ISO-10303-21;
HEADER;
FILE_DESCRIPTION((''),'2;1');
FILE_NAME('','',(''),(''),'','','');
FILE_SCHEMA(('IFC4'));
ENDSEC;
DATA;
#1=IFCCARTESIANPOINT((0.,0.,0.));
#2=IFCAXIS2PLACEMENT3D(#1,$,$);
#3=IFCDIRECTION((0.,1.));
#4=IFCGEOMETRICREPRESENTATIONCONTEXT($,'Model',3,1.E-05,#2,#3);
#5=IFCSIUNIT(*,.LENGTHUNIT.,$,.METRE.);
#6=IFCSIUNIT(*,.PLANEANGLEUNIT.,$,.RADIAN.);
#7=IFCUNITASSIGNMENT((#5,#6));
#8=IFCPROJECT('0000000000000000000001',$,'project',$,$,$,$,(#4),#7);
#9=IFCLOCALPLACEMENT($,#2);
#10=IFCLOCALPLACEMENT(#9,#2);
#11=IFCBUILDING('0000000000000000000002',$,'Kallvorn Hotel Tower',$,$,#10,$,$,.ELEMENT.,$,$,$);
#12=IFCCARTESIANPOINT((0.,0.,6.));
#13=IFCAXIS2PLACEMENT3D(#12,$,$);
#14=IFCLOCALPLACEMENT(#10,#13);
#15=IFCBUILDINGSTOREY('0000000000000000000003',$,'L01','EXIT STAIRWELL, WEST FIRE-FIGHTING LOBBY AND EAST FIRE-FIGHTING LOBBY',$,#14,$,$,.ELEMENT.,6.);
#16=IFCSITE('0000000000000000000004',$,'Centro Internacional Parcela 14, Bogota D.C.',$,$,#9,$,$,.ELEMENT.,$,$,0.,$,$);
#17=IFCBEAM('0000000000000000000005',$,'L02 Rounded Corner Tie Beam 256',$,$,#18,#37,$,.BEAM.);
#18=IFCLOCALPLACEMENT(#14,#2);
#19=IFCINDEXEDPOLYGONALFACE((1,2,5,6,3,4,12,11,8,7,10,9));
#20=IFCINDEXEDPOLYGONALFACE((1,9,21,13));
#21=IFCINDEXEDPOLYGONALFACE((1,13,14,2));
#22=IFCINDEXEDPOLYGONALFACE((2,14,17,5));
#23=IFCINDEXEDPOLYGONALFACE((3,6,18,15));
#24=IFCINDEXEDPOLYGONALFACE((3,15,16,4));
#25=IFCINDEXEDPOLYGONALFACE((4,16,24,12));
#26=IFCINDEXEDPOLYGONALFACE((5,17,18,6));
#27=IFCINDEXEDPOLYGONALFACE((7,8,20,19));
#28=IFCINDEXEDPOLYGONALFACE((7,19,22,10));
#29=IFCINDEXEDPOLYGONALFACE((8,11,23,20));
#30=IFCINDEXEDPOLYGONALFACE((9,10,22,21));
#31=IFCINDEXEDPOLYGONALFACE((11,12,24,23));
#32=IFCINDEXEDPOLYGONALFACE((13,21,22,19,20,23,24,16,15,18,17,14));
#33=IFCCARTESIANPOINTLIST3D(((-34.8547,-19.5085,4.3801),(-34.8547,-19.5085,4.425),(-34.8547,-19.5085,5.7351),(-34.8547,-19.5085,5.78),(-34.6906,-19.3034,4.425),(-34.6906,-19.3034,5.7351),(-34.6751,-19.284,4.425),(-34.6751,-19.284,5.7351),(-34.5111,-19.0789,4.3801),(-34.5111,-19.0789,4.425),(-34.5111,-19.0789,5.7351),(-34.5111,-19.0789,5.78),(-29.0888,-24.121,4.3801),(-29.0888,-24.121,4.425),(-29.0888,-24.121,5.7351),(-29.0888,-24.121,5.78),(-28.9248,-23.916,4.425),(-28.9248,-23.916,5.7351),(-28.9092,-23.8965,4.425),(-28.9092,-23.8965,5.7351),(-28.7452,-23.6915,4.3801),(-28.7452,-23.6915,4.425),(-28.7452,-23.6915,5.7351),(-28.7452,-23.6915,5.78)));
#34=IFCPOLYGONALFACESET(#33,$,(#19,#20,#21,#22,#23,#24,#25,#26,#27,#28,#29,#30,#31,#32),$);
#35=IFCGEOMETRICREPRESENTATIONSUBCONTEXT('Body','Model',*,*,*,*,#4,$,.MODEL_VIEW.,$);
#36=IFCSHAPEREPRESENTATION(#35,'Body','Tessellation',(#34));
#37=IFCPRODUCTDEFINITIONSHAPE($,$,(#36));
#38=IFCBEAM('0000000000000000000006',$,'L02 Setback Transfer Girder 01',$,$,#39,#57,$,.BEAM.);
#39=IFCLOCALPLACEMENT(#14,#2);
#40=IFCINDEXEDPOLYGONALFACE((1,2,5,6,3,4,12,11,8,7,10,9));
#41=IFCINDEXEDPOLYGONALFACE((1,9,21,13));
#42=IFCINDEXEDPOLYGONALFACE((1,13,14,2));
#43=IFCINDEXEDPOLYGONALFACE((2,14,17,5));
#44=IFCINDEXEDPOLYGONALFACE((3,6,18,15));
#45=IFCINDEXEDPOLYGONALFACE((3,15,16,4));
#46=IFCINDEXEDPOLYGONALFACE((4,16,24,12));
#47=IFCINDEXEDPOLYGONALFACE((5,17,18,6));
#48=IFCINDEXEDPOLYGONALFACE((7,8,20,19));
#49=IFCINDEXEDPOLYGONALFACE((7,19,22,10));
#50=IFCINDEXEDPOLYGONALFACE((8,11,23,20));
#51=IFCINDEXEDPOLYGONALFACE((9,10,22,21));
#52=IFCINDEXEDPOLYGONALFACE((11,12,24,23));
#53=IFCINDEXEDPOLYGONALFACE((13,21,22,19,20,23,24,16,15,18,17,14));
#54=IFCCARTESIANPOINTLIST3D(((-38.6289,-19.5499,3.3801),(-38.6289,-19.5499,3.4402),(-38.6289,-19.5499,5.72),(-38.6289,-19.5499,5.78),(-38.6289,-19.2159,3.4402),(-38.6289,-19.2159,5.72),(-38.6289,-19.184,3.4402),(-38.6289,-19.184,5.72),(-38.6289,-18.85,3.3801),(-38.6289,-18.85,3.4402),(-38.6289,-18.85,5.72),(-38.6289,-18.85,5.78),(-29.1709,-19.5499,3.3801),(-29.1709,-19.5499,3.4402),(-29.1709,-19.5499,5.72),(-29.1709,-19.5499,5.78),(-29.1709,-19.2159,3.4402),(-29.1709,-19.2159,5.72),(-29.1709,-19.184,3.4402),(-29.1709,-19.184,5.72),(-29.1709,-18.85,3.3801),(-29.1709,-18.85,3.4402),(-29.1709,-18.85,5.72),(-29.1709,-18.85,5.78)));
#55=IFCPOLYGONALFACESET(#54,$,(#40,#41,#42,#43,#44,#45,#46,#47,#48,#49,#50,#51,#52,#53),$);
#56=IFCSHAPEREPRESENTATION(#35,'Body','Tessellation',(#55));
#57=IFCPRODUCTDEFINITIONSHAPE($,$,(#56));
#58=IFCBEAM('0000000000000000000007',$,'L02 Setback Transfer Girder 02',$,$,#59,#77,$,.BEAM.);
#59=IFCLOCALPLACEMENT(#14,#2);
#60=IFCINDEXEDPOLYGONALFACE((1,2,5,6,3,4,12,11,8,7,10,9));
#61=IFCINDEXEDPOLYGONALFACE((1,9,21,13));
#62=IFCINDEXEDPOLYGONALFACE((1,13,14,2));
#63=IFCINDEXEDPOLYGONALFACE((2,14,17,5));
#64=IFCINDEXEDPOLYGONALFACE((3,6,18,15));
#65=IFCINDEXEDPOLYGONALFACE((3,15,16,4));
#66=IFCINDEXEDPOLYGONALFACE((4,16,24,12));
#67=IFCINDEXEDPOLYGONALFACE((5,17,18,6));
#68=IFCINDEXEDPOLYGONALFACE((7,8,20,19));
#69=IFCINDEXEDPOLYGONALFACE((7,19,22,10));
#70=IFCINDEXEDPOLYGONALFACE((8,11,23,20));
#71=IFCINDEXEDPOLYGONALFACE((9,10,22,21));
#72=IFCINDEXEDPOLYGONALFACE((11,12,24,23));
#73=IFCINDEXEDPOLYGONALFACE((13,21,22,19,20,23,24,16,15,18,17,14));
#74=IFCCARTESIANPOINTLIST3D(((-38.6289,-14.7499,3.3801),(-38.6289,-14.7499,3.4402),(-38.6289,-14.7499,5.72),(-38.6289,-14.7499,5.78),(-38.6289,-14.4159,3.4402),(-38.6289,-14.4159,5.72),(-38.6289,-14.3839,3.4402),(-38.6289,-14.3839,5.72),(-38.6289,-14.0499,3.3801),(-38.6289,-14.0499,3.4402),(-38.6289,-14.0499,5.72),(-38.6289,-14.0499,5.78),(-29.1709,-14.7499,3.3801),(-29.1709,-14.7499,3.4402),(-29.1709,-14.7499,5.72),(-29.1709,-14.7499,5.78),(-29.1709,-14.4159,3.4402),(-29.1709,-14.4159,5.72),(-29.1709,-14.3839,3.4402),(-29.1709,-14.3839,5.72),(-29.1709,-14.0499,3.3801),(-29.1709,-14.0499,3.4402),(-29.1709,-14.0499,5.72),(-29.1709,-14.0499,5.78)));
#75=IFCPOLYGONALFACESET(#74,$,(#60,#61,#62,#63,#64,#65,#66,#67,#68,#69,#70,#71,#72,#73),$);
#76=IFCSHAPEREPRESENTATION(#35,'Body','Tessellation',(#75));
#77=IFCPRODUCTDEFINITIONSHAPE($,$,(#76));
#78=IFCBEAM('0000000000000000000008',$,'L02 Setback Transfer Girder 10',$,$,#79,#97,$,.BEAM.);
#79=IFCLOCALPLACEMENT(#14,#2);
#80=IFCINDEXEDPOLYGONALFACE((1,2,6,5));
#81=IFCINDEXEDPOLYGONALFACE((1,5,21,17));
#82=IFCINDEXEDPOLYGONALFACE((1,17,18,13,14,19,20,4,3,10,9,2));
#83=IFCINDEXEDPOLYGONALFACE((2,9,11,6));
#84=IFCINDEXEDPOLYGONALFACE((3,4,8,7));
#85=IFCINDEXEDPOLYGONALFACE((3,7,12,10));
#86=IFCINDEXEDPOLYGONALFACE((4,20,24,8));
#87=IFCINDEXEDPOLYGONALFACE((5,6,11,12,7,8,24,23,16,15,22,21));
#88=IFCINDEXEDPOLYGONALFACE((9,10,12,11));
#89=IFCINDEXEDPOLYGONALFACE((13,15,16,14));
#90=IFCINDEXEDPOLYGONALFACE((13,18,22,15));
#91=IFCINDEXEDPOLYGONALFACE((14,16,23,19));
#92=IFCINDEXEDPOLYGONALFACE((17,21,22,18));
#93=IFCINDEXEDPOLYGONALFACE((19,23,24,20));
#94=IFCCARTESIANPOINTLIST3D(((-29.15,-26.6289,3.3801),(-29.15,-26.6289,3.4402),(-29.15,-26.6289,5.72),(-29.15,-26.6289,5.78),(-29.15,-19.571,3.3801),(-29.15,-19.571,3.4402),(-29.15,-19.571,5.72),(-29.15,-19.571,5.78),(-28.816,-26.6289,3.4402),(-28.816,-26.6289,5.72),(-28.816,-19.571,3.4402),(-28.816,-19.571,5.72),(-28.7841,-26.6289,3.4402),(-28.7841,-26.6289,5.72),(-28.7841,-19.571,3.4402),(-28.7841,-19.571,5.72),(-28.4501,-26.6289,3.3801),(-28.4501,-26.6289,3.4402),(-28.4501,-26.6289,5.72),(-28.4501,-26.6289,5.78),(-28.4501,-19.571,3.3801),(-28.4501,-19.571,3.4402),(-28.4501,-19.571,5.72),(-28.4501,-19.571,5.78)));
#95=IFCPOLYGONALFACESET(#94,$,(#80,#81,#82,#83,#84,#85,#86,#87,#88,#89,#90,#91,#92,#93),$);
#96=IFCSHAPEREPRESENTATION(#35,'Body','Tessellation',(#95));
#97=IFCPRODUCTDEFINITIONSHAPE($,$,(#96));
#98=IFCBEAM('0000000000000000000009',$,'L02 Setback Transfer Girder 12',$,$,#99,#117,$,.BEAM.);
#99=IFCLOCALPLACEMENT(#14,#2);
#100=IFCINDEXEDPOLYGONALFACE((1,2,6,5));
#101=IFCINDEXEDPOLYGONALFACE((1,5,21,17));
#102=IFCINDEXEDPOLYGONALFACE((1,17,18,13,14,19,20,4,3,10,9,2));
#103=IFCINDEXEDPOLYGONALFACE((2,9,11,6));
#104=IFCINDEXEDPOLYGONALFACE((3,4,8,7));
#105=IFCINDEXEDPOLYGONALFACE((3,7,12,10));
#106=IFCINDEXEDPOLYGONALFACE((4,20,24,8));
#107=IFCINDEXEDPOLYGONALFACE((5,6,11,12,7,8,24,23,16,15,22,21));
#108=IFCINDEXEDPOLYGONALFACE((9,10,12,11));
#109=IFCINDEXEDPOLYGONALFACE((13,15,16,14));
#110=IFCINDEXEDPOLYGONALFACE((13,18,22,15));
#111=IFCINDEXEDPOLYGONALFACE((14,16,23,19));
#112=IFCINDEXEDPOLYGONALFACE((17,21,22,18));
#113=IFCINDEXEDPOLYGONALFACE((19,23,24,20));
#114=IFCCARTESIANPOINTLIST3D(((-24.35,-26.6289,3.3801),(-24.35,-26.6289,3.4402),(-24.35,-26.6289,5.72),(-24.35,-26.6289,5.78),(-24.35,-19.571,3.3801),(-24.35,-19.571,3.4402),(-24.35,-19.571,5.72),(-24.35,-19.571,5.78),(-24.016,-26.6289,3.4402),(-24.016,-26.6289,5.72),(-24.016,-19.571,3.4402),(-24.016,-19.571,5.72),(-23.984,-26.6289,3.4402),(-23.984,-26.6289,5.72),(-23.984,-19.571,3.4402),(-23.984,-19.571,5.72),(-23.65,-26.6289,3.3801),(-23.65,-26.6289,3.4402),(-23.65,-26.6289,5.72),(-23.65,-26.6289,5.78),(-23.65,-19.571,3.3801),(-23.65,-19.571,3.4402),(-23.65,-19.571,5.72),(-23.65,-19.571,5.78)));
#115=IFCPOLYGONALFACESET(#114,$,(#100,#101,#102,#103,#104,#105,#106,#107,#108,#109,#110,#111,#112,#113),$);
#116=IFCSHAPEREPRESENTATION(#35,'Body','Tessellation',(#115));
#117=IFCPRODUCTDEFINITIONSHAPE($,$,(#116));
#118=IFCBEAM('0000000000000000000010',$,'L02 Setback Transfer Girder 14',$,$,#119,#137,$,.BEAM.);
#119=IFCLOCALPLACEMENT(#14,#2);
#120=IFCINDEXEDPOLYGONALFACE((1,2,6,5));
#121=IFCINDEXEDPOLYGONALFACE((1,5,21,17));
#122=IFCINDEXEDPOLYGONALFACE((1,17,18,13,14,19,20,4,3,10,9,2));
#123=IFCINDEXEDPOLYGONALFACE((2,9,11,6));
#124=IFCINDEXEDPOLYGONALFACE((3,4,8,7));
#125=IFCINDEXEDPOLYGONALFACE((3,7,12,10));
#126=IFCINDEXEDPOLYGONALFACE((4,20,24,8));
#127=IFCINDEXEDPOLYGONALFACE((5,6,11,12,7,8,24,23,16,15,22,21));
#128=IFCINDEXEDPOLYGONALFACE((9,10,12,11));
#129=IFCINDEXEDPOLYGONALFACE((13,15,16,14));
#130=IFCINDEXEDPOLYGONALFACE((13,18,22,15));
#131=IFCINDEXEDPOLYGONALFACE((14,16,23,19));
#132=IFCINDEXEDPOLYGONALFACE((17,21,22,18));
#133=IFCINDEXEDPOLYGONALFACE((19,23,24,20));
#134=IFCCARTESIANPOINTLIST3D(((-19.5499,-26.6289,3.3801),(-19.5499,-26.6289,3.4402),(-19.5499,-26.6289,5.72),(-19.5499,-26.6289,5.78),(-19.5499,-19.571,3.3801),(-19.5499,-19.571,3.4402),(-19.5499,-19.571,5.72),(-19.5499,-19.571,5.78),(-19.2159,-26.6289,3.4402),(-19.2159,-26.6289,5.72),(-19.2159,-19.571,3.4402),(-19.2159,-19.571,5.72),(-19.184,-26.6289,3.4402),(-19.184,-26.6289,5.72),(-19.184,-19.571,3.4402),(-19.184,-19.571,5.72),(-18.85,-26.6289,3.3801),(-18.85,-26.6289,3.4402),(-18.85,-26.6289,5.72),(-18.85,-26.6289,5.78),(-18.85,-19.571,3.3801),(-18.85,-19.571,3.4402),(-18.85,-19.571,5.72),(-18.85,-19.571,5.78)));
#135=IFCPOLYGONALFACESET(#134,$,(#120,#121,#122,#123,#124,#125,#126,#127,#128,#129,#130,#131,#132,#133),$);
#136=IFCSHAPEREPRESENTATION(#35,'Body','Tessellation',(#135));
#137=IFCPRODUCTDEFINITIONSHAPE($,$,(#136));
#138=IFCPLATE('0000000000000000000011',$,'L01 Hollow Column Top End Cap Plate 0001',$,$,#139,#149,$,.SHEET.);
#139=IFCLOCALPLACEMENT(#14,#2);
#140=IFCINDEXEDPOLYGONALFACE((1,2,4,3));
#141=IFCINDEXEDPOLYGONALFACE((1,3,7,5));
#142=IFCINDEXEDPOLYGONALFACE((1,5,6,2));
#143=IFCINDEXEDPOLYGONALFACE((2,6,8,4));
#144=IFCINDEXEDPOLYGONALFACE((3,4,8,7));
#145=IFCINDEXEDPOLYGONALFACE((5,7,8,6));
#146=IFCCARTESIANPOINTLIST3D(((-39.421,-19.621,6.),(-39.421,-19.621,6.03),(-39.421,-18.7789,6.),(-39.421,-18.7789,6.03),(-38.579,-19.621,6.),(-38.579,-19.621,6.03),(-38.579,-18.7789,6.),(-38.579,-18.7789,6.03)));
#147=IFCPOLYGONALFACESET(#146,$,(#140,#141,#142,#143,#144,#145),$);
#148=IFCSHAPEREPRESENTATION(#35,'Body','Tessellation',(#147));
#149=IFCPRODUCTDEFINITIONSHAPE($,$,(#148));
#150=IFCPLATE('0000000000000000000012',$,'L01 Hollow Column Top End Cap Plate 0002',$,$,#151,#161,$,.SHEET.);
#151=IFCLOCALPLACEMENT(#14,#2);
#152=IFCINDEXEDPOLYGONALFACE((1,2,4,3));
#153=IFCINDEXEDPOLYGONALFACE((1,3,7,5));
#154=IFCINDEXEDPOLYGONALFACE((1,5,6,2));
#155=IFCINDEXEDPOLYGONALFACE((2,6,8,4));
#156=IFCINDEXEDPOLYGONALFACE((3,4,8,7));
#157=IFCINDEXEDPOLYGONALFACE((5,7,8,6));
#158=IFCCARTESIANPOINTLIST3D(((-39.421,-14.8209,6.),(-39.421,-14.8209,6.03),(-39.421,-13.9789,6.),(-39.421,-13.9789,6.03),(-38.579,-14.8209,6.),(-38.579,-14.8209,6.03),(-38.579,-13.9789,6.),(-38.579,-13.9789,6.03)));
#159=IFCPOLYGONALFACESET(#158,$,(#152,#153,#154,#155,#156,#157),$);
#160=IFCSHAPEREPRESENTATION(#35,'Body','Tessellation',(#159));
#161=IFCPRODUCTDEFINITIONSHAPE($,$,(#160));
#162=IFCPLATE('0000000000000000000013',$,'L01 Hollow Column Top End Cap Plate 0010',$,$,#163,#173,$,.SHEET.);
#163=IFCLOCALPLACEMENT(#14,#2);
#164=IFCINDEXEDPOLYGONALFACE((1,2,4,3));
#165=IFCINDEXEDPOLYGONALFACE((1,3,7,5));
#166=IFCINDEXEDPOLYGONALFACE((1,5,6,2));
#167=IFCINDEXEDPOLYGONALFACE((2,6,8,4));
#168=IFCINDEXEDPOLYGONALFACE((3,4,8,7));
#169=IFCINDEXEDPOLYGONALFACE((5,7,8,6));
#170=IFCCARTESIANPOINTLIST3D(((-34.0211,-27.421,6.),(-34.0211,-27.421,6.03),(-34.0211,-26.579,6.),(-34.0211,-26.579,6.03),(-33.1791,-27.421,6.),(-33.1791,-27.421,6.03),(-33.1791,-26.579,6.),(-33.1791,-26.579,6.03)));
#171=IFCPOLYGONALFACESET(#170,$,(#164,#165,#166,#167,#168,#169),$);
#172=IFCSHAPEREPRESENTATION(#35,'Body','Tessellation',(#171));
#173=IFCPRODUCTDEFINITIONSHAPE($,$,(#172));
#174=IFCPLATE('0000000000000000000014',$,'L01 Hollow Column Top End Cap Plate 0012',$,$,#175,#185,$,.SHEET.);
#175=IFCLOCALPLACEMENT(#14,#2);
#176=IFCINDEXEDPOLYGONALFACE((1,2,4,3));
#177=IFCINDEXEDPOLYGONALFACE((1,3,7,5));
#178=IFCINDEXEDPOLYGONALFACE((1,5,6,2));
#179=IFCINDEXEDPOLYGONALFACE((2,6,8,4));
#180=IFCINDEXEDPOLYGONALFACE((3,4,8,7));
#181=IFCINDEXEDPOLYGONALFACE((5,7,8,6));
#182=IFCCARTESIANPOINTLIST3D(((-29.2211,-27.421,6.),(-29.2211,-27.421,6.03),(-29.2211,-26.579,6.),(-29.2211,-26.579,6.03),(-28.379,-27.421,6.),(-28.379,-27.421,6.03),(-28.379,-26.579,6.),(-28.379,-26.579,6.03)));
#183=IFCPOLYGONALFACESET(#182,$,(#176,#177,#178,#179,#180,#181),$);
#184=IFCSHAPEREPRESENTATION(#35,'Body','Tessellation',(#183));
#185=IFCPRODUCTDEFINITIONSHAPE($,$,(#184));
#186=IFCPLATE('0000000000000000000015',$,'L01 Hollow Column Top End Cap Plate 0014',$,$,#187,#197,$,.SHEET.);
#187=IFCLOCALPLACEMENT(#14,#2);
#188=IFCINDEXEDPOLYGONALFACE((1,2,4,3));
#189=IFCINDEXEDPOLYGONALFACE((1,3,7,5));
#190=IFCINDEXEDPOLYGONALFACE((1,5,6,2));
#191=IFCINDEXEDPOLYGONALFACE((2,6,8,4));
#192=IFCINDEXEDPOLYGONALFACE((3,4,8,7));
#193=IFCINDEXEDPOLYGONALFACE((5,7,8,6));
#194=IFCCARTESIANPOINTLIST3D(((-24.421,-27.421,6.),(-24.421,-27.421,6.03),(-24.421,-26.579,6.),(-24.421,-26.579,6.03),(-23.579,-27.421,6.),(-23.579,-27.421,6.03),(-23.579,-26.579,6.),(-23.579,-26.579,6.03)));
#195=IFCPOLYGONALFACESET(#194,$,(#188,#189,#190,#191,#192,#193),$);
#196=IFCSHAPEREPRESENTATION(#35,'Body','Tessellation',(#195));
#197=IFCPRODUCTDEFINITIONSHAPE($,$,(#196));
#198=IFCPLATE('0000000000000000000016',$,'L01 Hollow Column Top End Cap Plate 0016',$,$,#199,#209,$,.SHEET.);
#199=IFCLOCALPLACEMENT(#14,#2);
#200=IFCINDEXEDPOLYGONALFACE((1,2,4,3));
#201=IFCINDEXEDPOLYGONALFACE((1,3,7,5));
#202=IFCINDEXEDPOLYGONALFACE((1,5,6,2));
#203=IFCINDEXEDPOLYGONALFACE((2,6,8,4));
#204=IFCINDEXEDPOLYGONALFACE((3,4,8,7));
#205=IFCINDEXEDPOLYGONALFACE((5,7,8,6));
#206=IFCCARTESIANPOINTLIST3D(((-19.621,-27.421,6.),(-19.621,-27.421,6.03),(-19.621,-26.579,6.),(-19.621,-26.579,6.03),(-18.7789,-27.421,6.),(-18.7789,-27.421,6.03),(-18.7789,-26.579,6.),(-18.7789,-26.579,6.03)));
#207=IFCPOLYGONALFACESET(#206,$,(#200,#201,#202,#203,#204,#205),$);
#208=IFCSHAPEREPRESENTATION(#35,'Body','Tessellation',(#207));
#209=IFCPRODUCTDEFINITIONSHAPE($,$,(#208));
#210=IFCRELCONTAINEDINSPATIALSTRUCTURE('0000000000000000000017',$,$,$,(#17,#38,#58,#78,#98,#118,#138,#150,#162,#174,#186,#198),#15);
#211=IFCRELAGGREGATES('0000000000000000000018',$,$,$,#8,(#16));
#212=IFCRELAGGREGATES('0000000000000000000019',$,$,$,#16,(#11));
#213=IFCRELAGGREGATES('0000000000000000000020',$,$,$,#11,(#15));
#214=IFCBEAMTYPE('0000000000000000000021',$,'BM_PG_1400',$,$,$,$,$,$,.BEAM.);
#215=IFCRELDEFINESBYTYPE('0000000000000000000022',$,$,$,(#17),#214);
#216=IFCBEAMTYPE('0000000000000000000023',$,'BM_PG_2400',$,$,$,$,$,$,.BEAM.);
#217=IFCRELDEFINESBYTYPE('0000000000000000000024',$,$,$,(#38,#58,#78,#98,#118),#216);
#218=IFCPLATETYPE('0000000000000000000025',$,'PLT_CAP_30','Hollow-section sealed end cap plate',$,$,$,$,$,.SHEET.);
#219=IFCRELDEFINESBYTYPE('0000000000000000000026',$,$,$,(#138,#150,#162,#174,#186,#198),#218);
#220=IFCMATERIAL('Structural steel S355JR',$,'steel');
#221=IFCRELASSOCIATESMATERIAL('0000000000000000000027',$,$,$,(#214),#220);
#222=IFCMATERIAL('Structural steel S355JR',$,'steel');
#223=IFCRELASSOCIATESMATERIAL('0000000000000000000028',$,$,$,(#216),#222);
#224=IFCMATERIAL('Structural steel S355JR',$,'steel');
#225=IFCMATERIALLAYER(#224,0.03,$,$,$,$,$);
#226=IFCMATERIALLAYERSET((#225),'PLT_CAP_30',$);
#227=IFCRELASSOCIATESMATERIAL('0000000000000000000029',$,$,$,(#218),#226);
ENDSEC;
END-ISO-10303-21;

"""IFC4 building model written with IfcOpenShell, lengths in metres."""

from ifc_helpers import new_model, si_unit, direction, frame, origin, origin_2d, place, context, subcontext, project, spatial, rectangle, i_section, extrude, material, layer, layer_set, material_profile, profile_set, type_object, element, save


model = new_model("IFC4")

# Units and contexts
model_context = context("Model", 3, precision=1e-05, world=origin(), true_north=direction((0.0, 1.0)))
body_context = subcontext(model_context, "Body", "Model", "MODEL_VIEW")
ifc_project = project(units=[si_unit("LENGTHUNIT", "METRE"), si_unit("PLANEANGLEUNIT", "RADIAN")], contexts=[model_context])

# Site, building, storey
site_placement = place(None, origin())
site = spatial("IfcSite", under=ifc_project, at=site_placement, Name="Centro Internacional Parcela 14, Bogota D.C.", CompositionType="ELEMENT", RefElevation=0.0)
building_placement = place(site_placement, origin())
building = spatial("IfcBuilding", under=site, at=building_placement, Name="Kallvorn Hotel Tower", CompositionType="ELEMENT")
storey_placement = place(building_placement, frame((0.0, 0.0, 6.0)))
storey = spatial("IfcBuildingStorey", under=building, at=storey_placement, Name="L01", Description="EXIT STAIRWELL, WEST FIRE-FIGHTING LOBBY AND EAST FIRE-FIGHTING LOBBY", CompositionType="ELEMENT", Elevation=6.0)

# Beams
ifc_material_1 = material(Name="Structural steel S355JR", Category="steel")
ifc_material_profile_1 = material_profile(ifc_material_1, i_section(OverallWidth=0.55, OverallDepth=1.3999, WebThickness=0.0249, FlangeThickness=0.0449, at=origin_2d()), Name="PG 1400x550x25x45")
ifc_profile_set_1 = profile_set([ifc_material_profile_1], Name="Structural steel S355JR")
beam_type_1 = type_object("IfcBeamType", Name="BM_PG_1400", PredefinedType="BEAM", material=ifc_profile_set_1)
beam_1_placement = place(storey_placement, frame((-34.6829, -19.2937, 5.0801), z_axis=(0.780878, -0.624683, 0.0), x_axis=(0.624683, 0.780878, 0.0)))
element("IfcBeam", 1, at=beam_1_placement, inside=storey, type_object=beam_type_1, Name="L02 Rounded Corner Tie Beam 256", PredefinedType="BEAM", context=body_context, shape_type="SweptSolid", body=[
    extrude(i_section(OverallWidth=0.55, OverallDepth=1.3999, WebThickness=0.0249, FlangeThickness=0.0449, at=origin_2d()), origin(), (0.0, 0.0, 1.0), 7.3838),
])
ifc_material_2 = material(Name="Structural steel S355JR", Category="steel")
ifc_material_profile_2 = material_profile(ifc_material_2, i_section(OverallWidth=0.7, OverallDepth=2.3999, WebThickness=0.032, FlangeThickness=0.0601, at=origin_2d()), Name="PG 2400x700x32x60")
ifc_profile_set_2 = profile_set([ifc_material_profile_2], Name="Structural steel S355JR")
beam_type_2 = type_object("IfcBeamType", Name="BM_PG_2400", PredefinedType="BEAM", material=ifc_profile_set_2)
for number, where, z_axis, x_axis, name in (
    (2, (-38.6289, -19.2, 4.5801), (1.0, 0.0, 0.0), (0.0, 1.0, 0.0), "L02 Setback Transfer Girder 01"),
    (3, (-38.6289, -14.3999, 4.5801), (1.0, 0.0, 0.0), (0.0, 1.0, 0.0), "L02 Setback Transfer Girder 02"),
):
    element("IfcBeam", number, at=place(storey_placement, frame(where, z_axis=z_axis, x_axis=x_axis)), inside=storey, type_object=beam_type_2, Name=name, PredefinedType="BEAM", context=body_context, shape_type="SweptSolid", body=[
        extrude(i_section(OverallWidth=0.7, OverallDepth=2.3999, WebThickness=0.032, FlangeThickness=0.0601, at=origin_2d()), origin(), (0.0, 0.0, 1.0), 9.458),
    ])
for number, where, z_axis, x_axis, name in (
    (4, (-28.8, -26.6289, 4.5801), (0.0, 1.0, 0.0), (-1.0, 0.0, 0.0), "L02 Setback Transfer Girder 10"),
    (5, (-24.0, -26.6289, 4.5801), (0.0, 1.0, 0.0), (-1.0, 0.0, 0.0), "L02 Setback Transfer Girder 12"),
    (6, (-19.2, -26.6289, 4.5801), (0.0, 1.0, 0.0), (-1.0, 0.0, 0.0), "L02 Setback Transfer Girder 14"),
):
    element("IfcBeam", number, at=place(storey_placement, frame(where, z_axis=z_axis, x_axis=x_axis)), inside=storey, type_object=beam_type_2, Name=name, PredefinedType="BEAM", context=body_context, shape_type="SweptSolid", body=[
        extrude(i_section(OverallWidth=0.7, OverallDepth=2.3999, WebThickness=0.032, FlangeThickness=0.0601, at=origin_2d()), origin(), (0.0, 0.0, 1.0), 7.0579),
    ])

# Plates
ifc_material_3 = material(Name="Structural steel S355JR", Category="steel")
ifc_layer_1 = layer(ifc_material_3, 0.03)
ifc_layer_set_1 = layer_set([ifc_layer_1], Name="PLT_CAP_30")
plate_type = type_object("IfcPlateType", Name="PLT_CAP_30", Description="Hollow-section sealed end cap plate", PredefinedType="SHEET", material=ifc_layer_set_1)
for number, where, z_axis, x_axis, name in (
    (7, (-39.0, -19.2, 6.0), (0.0, 0.0, 1.0), (1.0, 0.0, 0.0), "L01 Hollow Column Top End Cap Plate 0001"),
    (8, (-39.0, -14.3999, 6.0), (0.0, 0.0, 1.0), (1.0, 0.0, 0.0), "L01 Hollow Column Top End Cap Plate 0002"),
    (9, (-33.6001, -27.0, 6.0), (0.0, 0.0, 1.0), (1.0, 0.0, 0.0), "L01 Hollow Column Top End Cap Plate 0010"),
    (10, (-28.8, -27.0, 6.0), (0.0, 0.0, 1.0), (1.0, 0.0, 0.0), "L01 Hollow Column Top End Cap Plate 0012"),
    (11, (-24.0, -27.0, 6.0), (0.0, 0.0, 1.0), (1.0, 0.0, 0.0), "L01 Hollow Column Top End Cap Plate 0014"),
    (12, (-19.2, -27.0, 6.0), (0.0, 0.0, 1.0), (1.0, 0.0, 0.0), "L01 Hollow Column Top End Cap Plate 0016"),
):
    element("IfcPlate", number, at=place(storey_placement, frame(where, z_axis=z_axis, x_axis=x_axis)), inside=storey, type_object=plate_type, Name=name, PredefinedType="SHEET", context=body_context, shape_type="SweptSolid", body=[
        extrude(rectangle(XDim=0.842, YDim=0.842, at=origin_2d()), origin(), (0.0, 0.0, 1.0), 0.03),
    ])

save(model, "model.ifc")
